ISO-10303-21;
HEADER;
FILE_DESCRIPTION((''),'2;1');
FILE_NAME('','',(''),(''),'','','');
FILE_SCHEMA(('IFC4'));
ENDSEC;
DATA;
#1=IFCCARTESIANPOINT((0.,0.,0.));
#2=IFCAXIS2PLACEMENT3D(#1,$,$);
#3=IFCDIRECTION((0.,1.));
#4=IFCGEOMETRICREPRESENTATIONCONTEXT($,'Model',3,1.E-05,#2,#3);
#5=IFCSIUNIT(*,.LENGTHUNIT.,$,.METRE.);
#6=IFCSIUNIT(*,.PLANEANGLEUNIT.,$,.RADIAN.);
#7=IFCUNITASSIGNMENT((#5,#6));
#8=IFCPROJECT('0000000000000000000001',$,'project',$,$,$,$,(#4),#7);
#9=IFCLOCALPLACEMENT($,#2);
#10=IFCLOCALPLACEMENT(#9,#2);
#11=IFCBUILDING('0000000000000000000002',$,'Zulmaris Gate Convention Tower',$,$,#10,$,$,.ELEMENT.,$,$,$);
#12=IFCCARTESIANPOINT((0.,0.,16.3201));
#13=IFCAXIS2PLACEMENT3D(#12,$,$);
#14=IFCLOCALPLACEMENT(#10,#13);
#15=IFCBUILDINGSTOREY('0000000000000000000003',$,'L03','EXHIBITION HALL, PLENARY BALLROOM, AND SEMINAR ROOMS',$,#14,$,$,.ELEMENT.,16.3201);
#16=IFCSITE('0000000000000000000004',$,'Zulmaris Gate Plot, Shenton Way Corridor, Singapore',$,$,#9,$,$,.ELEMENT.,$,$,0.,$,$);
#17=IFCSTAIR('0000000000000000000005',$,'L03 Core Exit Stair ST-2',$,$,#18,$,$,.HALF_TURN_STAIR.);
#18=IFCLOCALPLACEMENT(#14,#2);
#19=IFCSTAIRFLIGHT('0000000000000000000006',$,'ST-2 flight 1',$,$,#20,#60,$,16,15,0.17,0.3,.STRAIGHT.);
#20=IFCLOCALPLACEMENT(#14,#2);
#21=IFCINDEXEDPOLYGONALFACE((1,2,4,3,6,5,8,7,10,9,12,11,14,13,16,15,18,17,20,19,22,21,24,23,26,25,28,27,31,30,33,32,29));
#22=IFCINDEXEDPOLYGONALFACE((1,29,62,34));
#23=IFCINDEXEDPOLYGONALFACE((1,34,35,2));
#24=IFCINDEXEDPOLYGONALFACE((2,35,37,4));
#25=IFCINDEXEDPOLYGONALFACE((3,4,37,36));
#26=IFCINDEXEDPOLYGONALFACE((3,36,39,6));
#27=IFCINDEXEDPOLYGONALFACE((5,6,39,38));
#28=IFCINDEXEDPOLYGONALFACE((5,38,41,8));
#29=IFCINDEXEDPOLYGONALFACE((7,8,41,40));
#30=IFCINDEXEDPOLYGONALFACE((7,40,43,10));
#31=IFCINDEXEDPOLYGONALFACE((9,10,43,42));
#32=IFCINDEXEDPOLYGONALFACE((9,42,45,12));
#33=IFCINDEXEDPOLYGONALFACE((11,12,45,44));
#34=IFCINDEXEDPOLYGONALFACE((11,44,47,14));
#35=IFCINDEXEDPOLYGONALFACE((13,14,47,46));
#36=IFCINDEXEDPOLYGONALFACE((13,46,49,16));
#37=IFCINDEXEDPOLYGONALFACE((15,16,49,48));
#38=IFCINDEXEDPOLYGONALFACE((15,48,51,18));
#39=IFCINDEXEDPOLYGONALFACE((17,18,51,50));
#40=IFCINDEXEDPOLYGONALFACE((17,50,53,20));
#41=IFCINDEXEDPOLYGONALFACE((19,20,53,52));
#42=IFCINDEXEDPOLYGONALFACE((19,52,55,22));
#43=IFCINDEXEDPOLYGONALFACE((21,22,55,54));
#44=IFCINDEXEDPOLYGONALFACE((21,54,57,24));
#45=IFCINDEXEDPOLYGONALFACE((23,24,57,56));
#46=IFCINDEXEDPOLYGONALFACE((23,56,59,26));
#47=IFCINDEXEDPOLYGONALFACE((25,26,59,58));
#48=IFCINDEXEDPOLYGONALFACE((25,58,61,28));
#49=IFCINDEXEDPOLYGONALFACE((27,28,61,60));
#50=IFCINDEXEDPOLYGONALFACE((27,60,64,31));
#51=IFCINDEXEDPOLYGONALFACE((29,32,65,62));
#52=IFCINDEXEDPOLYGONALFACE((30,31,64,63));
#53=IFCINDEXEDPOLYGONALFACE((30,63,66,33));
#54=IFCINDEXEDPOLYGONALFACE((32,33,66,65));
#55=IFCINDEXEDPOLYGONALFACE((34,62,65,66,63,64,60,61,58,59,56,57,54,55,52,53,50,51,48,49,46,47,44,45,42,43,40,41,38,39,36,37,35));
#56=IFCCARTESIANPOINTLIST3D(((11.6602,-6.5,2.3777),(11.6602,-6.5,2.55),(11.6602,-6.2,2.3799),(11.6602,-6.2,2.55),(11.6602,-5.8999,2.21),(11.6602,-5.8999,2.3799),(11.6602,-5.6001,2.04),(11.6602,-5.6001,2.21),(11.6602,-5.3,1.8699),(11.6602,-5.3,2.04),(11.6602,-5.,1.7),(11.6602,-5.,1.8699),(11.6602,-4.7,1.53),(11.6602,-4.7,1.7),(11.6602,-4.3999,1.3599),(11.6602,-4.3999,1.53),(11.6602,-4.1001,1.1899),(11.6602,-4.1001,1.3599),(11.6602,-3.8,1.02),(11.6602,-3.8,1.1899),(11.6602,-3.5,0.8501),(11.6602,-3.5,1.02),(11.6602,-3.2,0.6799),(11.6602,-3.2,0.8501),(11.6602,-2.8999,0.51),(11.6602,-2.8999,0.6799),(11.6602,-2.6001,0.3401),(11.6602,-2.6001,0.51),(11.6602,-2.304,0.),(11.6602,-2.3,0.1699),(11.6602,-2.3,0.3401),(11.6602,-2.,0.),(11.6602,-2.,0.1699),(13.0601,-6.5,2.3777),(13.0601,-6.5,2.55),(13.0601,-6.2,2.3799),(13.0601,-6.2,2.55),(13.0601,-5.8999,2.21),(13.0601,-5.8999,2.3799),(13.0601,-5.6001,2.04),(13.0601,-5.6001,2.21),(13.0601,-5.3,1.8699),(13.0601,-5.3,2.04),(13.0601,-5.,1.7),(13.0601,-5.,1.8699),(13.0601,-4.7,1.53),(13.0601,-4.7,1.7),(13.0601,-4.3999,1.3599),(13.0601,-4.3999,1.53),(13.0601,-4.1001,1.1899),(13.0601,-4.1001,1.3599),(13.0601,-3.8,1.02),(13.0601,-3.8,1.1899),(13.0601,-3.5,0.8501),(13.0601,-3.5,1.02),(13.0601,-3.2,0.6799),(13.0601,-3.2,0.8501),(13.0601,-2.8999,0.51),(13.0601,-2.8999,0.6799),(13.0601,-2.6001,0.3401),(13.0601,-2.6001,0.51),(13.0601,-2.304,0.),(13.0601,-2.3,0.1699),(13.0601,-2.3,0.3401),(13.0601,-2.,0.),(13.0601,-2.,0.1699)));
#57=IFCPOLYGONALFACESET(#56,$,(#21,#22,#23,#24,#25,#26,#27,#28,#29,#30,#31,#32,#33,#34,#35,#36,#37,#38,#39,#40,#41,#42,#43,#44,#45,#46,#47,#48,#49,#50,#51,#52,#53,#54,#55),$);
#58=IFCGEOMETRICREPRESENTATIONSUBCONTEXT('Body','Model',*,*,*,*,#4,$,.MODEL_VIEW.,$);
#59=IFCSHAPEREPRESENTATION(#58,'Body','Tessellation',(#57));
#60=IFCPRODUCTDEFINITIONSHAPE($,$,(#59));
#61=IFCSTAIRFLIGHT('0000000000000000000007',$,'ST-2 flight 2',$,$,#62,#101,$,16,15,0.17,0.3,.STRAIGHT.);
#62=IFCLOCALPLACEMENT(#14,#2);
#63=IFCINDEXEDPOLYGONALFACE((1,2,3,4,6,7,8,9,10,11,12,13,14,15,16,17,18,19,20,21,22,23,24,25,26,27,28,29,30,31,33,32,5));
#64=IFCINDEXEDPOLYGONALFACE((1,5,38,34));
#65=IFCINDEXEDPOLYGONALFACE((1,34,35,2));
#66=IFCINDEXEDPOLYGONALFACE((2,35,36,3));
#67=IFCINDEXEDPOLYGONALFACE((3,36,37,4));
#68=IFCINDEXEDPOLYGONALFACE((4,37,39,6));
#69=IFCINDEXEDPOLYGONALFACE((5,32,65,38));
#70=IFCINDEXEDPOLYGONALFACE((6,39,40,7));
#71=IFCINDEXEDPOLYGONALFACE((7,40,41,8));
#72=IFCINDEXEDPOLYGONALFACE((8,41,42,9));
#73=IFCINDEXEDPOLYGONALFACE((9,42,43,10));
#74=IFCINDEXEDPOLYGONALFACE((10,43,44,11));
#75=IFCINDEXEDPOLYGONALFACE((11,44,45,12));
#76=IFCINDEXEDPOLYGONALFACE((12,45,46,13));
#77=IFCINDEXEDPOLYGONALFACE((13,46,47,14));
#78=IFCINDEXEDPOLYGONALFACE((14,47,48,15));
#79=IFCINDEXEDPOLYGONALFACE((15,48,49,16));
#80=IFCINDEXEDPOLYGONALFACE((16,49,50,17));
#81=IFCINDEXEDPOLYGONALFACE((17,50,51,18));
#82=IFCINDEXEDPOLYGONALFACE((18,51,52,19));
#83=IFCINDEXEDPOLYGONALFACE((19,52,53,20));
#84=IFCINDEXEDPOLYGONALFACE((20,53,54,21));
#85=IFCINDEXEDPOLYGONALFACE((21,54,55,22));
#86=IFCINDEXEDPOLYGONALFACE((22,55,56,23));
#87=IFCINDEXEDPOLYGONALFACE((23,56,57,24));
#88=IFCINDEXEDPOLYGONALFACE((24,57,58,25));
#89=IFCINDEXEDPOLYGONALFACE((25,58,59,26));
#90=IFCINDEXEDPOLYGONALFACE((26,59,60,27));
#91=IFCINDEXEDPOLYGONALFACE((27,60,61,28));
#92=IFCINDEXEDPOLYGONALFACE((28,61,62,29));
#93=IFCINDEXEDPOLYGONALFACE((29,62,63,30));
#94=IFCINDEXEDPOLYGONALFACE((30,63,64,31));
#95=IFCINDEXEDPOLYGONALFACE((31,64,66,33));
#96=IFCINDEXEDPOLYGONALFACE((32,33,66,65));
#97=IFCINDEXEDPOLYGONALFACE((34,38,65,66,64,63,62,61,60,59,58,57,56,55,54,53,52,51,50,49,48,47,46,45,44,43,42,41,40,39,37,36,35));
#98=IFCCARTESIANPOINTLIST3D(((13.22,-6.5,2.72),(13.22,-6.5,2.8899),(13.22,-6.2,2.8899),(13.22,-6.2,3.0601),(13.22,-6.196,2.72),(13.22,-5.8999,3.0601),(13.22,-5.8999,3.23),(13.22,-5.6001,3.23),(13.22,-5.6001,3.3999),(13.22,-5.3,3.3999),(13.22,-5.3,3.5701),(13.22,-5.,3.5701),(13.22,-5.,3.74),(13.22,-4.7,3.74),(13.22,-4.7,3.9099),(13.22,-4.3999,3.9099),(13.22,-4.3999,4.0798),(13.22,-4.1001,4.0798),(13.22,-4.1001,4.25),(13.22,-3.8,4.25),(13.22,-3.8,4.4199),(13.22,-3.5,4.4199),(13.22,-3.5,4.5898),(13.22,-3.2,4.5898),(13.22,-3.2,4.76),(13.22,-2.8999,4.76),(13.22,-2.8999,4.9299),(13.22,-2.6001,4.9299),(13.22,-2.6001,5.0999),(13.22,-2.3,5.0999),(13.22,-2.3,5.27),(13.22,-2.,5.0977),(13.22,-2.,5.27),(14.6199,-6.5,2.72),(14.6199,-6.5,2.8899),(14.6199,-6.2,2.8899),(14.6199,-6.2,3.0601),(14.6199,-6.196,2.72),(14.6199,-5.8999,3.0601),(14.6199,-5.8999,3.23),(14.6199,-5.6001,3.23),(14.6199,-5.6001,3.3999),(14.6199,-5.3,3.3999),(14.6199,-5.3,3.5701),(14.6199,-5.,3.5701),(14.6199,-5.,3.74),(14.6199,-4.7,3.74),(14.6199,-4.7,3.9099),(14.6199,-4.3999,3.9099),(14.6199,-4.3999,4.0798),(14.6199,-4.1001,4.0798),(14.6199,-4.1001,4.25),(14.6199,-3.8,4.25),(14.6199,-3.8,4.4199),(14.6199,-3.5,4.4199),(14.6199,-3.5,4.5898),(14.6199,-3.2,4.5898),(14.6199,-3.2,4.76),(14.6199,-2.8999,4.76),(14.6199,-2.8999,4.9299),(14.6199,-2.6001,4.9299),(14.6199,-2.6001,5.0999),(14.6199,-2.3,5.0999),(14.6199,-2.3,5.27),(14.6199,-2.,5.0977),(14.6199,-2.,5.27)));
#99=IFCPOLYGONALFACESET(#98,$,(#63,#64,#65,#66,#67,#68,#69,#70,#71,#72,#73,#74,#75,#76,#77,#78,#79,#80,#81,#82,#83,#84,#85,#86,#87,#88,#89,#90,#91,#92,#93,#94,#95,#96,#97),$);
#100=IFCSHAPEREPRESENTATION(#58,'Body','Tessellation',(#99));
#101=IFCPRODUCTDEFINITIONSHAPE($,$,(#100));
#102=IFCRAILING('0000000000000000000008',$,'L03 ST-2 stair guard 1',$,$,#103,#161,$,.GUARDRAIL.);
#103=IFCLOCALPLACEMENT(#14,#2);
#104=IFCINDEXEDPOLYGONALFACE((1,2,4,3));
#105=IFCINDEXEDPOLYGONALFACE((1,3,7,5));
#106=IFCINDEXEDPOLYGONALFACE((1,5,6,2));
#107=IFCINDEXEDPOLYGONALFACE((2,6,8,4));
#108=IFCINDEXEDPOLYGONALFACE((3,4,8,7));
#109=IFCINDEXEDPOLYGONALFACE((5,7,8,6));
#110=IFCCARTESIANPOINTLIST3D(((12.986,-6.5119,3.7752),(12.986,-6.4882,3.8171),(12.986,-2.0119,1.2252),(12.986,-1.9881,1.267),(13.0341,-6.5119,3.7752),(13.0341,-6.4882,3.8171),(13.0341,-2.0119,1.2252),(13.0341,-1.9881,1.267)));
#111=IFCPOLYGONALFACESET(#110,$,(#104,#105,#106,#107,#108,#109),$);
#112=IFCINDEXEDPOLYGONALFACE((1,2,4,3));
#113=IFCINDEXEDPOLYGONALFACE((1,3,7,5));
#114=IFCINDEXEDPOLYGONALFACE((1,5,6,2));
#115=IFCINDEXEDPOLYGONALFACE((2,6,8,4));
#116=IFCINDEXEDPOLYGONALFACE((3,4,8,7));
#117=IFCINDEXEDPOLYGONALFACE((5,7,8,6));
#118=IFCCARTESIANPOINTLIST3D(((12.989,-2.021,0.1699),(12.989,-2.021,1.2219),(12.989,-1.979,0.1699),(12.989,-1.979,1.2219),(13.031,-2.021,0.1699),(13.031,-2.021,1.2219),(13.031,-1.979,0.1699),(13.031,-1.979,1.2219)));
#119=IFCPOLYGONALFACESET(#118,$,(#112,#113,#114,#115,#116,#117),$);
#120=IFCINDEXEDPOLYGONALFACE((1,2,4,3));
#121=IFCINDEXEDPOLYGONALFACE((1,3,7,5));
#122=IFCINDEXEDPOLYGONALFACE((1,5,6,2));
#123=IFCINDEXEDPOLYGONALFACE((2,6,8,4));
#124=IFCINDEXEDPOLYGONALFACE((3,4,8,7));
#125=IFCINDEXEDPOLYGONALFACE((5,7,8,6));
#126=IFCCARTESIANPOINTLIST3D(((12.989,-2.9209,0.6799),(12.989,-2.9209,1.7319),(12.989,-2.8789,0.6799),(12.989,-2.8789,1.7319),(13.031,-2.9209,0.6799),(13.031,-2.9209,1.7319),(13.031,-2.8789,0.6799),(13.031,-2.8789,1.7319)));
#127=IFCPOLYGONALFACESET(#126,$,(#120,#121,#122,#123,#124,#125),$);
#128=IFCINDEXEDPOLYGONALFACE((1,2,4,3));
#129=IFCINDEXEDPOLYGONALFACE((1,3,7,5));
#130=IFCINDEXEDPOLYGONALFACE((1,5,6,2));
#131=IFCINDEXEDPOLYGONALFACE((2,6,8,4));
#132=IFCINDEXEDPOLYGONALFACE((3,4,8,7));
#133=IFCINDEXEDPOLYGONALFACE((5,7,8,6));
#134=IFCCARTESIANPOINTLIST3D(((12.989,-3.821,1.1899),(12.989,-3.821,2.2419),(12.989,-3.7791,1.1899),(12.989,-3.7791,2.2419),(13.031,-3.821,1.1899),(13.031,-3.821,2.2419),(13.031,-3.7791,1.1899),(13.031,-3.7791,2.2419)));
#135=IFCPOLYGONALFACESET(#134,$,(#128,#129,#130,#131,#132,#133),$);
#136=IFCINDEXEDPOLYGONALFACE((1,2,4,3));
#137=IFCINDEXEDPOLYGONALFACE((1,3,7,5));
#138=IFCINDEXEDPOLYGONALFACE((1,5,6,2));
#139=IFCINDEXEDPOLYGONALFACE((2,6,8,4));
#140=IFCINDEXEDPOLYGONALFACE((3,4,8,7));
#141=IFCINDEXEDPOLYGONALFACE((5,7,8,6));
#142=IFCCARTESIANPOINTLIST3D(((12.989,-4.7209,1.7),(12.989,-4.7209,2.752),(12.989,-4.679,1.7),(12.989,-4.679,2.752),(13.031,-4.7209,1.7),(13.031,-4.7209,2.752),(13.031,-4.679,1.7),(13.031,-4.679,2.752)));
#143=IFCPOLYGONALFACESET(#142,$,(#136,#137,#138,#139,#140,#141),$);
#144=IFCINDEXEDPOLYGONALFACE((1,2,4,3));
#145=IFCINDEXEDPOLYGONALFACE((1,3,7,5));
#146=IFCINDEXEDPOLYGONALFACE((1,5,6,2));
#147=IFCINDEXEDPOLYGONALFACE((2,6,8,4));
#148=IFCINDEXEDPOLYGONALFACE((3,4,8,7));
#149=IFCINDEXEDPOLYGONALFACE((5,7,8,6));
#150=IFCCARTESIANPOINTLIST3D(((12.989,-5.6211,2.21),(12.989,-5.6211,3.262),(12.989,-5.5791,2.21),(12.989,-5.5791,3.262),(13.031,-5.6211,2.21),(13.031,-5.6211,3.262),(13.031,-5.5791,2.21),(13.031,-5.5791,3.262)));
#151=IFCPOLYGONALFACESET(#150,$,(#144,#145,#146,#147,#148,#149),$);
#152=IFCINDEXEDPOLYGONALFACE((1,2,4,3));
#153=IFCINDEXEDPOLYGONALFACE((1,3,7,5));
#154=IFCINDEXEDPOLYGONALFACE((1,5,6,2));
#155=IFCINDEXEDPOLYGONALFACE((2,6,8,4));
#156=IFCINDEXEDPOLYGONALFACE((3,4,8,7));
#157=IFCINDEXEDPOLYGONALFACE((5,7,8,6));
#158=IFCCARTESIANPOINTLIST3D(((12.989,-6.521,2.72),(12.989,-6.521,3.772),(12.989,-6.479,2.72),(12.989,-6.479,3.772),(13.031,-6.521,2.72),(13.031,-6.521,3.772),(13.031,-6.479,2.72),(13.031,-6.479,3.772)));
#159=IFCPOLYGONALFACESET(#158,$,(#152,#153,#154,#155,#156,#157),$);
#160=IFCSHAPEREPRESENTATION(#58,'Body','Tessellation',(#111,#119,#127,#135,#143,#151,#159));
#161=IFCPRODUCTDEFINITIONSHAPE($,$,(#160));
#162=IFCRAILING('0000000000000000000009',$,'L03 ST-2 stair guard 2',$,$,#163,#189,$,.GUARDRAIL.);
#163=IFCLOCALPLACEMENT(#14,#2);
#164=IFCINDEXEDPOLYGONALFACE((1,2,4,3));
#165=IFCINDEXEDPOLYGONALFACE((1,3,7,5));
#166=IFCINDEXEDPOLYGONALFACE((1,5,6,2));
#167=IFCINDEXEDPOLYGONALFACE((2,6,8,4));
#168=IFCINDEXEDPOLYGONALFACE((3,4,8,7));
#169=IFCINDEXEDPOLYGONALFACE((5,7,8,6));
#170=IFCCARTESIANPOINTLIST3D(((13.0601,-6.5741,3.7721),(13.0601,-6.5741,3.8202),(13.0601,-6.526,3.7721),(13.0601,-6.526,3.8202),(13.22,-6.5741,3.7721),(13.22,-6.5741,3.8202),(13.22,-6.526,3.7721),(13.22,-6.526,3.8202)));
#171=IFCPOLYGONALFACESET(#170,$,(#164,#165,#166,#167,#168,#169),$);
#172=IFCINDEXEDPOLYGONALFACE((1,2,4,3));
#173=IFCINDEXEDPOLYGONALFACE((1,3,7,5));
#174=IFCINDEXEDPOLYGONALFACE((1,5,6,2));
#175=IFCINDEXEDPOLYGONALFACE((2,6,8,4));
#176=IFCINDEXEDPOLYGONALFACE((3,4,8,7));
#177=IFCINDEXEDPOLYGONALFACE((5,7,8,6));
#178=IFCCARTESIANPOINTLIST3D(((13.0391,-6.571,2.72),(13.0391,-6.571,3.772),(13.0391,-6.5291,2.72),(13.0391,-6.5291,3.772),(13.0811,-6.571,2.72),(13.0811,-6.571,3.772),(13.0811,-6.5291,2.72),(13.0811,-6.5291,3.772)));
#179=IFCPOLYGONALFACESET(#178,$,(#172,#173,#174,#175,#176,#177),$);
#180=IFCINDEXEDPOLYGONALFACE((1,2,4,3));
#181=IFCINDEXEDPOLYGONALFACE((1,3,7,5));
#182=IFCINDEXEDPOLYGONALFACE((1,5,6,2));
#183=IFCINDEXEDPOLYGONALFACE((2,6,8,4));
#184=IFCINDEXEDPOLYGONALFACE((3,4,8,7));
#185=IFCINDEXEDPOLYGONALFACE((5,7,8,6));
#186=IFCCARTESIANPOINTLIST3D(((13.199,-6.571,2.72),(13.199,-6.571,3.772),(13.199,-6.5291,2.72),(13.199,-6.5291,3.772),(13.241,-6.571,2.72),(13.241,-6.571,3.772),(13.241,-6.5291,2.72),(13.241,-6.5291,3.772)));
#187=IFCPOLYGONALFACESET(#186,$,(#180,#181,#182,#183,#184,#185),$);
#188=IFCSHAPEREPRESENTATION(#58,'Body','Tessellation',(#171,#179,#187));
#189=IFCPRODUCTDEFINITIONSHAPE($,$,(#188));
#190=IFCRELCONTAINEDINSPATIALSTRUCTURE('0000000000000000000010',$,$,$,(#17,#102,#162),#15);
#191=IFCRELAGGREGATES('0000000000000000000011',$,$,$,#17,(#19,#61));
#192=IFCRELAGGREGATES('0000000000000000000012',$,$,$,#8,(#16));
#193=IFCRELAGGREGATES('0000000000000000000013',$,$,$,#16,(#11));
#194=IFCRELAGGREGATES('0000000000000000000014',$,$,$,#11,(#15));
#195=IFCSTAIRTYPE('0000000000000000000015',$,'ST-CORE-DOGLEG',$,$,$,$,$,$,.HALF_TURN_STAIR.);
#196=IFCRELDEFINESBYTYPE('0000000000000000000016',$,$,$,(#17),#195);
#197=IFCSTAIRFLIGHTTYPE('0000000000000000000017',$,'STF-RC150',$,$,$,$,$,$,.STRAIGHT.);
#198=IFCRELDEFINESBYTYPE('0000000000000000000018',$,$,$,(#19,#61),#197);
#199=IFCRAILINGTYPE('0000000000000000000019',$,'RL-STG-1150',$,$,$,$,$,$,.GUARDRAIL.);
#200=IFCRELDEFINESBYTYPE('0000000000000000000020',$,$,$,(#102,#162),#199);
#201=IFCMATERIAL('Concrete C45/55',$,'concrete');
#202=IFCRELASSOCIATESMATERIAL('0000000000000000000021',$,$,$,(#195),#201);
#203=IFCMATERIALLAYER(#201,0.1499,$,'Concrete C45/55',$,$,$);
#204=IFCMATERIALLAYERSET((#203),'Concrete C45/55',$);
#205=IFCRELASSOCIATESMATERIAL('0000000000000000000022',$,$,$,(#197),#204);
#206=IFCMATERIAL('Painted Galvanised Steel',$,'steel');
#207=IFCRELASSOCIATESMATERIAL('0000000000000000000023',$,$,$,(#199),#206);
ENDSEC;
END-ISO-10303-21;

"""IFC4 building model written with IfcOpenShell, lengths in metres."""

from ifc_helpers import new_model, si_unit, direction, frame, origin, origin_2d, place, context, subcontext, project, spatial, polyline, rectangle, outline, extrude, material, layer, layer_set, type_object, element, aggregate, save


model = new_model("IFC4")

# Units and contexts
model_context = context("Model", 3, precision=1e-05, world=origin(), true_north=direction((0.0, 1.0)))
body_context = subcontext(model_context, "Body", "Model", "MODEL_VIEW")
ifc_project = project(units=[si_unit("LENGTHUNIT", "METRE"), si_unit("PLANEANGLEUNIT", "RADIAN")], contexts=[model_context])

# Site, building, storey
site_placement = place(None, origin())
site = spatial("IfcSite", under=ifc_project, at=site_placement, Name="Zulmaris Gate Plot, Shenton Way Corridor, Singapore", CompositionType="ELEMENT", RefElevation=0.0)
building_placement = place(site_placement, origin())
building = spatial("IfcBuilding", under=site, at=building_placement, Name="Zulmaris Gate Convention Tower", CompositionType="ELEMENT")
storey_placement = place(building_placement, frame((0.0, 0.0, 16.3201)))
storey = spatial("IfcBuildingStorey", under=building, at=storey_placement, Name="L03", Description="EXHIBITION HALL, PLENARY BALLROOM, AND SEMINAR ROOMS", CompositionType="ELEMENT", Elevation=16.3201)

# Stair, stair flights
ifc_material_1 = material(Name="Concrete C45/55", Category="concrete")
stair_type = type_object("IfcStairType", Name="ST-CORE-DOGLEG", PredefinedType="HALF_TURN_STAIR", material=ifc_material_1)
stair_placement = place(storey_placement, origin())
stair = element("IfcStair", 1, at=stair_placement, inside=storey, type_object=stair_type, Name="L03 Core Exit Stair ST-2", PredefinedType="HALF_TURN_STAIR")
ifc_layer_1 = layer(ifc_material_1, 0.1499, Name="Concrete C45/55")
ifc_layer_set_1 = layer_set([ifc_layer_1], Name="Concrete C45/55")
stair_flight_type = type_object("IfcStairFlightType", Name="STF-RC150", PredefinedType="STRAIGHT", material=ifc_layer_set_1)
stair_flight_1_placement = place(storey_placement, frame((12.3601, -2.0, 0.0), z_axis=(0.0, 0.0, 1.0), x_axis=(0.0, -1.0, 0.0)))
stair_flight_1 = element("IfcStairFlight", 2, at=stair_flight_1_placement, type_object=stair_flight_type, Name="ST-2 flight 1", NumberOfRisers=16, NumberOfTreads=15, PredefinedType="STRAIGHT", RiserHeight=0.17, TreadLength=0.3, context=body_context, shape_type="SweptSolid", body=[
    extrude(outline(polyline([(0.0, 0.0), (0.0, 0.1699), (0.3, 0.1699), (0.3, 0.3401), (0.6001, 0.3401), (0.6001, 0.51), (0.8999, 0.51), (0.8999, 0.6799), (1.2, 0.6799), (1.2, 0.8501), (1.5, 0.8501), (1.5, 1.02), (1.8, 1.02), (1.8, 1.1899), (2.1001, 1.1899), (2.1001, 1.3599), (2.3999, 1.3599), (2.3999, 1.53), (2.7, 1.53), (2.7, 1.7), (3.0, 1.7), (3.0, 1.8699), (3.3, 1.8699), (3.3, 2.04), (3.6001, 2.04), (3.6001, 2.21), (3.8999, 2.21), (3.8999, 2.3799), (4.2, 2.3799), (4.2, 2.55), (4.5, 2.55), (4.5, 2.72), (4.5, 2.3777), (0.304, 0.0), (0.0, 0.0)])), frame((0.0, 0.7, 0.0), z_axis=(0.0, -1.0, 0.0), x_axis=(1.0, 0.0, 0.0)), (0.0, 0.0, 1.0), 1.3999),
])
stair_flight_2_placement = place(storey_placement, frame((13.9199, -6.5, 2.72), z_axis=(0.0, 0.0, 1.0), x_axis=(0.0, 1.0, 0.0)))
stair_flight_2 = element("IfcStairFlight", 3, at=stair_flight_2_placement, type_object=stair_flight_type, Name="ST-2 flight 2", NumberOfRisers=16, NumberOfTreads=15, PredefinedType="STRAIGHT", RiserHeight=0.17, TreadLength=0.3, context=body_context, shape_type="SweptSolid", body=[
    extrude(outline(polyline([(0.0, 0.0), (0.0, 0.1699), (0.3, 0.1699), (0.3, 0.3401), (0.6001, 0.3401), (0.6001, 0.51), (0.8999, 0.51), (0.8999, 0.6799), (1.2, 0.6799), (1.2, 0.8501), (1.5, 0.8501), (1.5, 1.02), (1.8, 1.02), (1.8, 1.1899), (2.1001, 1.1899), (2.1001, 1.3599), (2.3999, 1.3599), (2.3999, 1.53), (2.7, 1.53), (2.7, 1.7), (3.0, 1.7), (3.0, 1.8699), (3.3, 1.8699), (3.3, 2.04), (3.6001, 2.04), (3.6001, 2.21), (3.8999, 2.21), (3.8999, 2.3799), (4.2, 2.3799), (4.2, 2.55), (4.5, 2.55), (4.5, 2.72), (4.5, 2.3777), (0.304, 0.0), (0.0, 0.0)])), frame((0.0, 0.7, 0.0), z_axis=(0.0, -1.0, 0.0), x_axis=(1.0, 0.0, 0.0)), (0.0, 0.0, 1.0), 1.3999),
])
aggregate(stair, [stair_flight_1, stair_flight_2])

# Railings
ifc_material_2 = material(Name="Painted Galvanised Steel", Category="steel")
railing_type_1 = type_object("IfcRailingType", Name="RL-STG-1150", PredefinedType="GUARDRAIL", material=ifc_material_2)
railing_1_placement = place(storey_placement, frame((13.01, -2.0, 0.1699)))
element("IfcRailing", 4, at=railing_1_placement, inside=storey, type_object=railing_type_1, Name="L03 ST-2 stair guard 1", PredefinedType="GUARDRAIL", context=body_context, shape_type="SweptSolid", body=[
    extrude(rectangle(XDim=0.0481, YDim=0.0481, at=origin_2d()), frame((0.0, 0.0, 1.0762), z_axis=(0.0, -0.870018, 0.49302), x_axis=(1.0, 0.0, 0.0)), (0.0, 0.0, 1.0), 5.1724),
    extrude(rectangle(XDim=0.042, YDim=0.042, at=origin_2d()), origin(), (0.0, 0.0, 1.0), 1.052),
    extrude(rectangle(XDim=0.042, YDim=0.042, at=origin_2d()), frame((0.0, -0.8999, 0.51)), (0.0, 0.0, 1.0), 1.052),
    extrude(rectangle(XDim=0.042, YDim=0.042, at=origin_2d()), frame((0.0, -1.8, 1.02)), (0.0, 0.0, 1.0), 1.052),
    extrude(rectangle(XDim=0.042, YDim=0.042, at=origin_2d()), frame((0.0, -2.7, 1.53)), (0.0, 0.0, 1.0), 1.052),
    extrude(rectangle(XDim=0.042, YDim=0.042, at=origin_2d()), frame((0.0, -3.6001, 2.04)), (0.0, 0.0, 1.0), 1.052),
    extrude(rectangle(XDim=0.042, YDim=0.042, at=origin_2d()), frame((0.0, -4.5, 2.55)), (0.0, 0.0, 1.0), 1.052),
])
railing_2_placement = place(storey_placement, frame((13.0601, -6.55, 2.72)))
element("IfcRailing", 5, at=railing_2_placement, inside=storey, type_object=railing_type_1, Name="L03 ST-2 stair guard 2", PredefinedType="GUARDRAIL", context=body_context, shape_type="SweptSolid", body=[
    extrude(rectangle(XDim=0.0481, YDim=0.0481, at=origin_2d()), frame((0.0, 0.0, 1.0762), z_axis=(1.0, 0.0, 0.0), x_axis=(0.0, 1.0, 0.0)), (0.0, 0.0, 1.0), 0.1599),
    extrude(rectangle(XDim=0.042, YDim=0.042, at=origin_2d()), origin(), (0.0, 0.0, 1.0), 1.052),
    extrude(rectangle(XDim=0.042, YDim=0.042, at=origin_2d()), frame((0.1599, 0.0, 0.0)), (0.0, 0.0, 1.0), 1.052),
])

save(model, "model.ifc")
